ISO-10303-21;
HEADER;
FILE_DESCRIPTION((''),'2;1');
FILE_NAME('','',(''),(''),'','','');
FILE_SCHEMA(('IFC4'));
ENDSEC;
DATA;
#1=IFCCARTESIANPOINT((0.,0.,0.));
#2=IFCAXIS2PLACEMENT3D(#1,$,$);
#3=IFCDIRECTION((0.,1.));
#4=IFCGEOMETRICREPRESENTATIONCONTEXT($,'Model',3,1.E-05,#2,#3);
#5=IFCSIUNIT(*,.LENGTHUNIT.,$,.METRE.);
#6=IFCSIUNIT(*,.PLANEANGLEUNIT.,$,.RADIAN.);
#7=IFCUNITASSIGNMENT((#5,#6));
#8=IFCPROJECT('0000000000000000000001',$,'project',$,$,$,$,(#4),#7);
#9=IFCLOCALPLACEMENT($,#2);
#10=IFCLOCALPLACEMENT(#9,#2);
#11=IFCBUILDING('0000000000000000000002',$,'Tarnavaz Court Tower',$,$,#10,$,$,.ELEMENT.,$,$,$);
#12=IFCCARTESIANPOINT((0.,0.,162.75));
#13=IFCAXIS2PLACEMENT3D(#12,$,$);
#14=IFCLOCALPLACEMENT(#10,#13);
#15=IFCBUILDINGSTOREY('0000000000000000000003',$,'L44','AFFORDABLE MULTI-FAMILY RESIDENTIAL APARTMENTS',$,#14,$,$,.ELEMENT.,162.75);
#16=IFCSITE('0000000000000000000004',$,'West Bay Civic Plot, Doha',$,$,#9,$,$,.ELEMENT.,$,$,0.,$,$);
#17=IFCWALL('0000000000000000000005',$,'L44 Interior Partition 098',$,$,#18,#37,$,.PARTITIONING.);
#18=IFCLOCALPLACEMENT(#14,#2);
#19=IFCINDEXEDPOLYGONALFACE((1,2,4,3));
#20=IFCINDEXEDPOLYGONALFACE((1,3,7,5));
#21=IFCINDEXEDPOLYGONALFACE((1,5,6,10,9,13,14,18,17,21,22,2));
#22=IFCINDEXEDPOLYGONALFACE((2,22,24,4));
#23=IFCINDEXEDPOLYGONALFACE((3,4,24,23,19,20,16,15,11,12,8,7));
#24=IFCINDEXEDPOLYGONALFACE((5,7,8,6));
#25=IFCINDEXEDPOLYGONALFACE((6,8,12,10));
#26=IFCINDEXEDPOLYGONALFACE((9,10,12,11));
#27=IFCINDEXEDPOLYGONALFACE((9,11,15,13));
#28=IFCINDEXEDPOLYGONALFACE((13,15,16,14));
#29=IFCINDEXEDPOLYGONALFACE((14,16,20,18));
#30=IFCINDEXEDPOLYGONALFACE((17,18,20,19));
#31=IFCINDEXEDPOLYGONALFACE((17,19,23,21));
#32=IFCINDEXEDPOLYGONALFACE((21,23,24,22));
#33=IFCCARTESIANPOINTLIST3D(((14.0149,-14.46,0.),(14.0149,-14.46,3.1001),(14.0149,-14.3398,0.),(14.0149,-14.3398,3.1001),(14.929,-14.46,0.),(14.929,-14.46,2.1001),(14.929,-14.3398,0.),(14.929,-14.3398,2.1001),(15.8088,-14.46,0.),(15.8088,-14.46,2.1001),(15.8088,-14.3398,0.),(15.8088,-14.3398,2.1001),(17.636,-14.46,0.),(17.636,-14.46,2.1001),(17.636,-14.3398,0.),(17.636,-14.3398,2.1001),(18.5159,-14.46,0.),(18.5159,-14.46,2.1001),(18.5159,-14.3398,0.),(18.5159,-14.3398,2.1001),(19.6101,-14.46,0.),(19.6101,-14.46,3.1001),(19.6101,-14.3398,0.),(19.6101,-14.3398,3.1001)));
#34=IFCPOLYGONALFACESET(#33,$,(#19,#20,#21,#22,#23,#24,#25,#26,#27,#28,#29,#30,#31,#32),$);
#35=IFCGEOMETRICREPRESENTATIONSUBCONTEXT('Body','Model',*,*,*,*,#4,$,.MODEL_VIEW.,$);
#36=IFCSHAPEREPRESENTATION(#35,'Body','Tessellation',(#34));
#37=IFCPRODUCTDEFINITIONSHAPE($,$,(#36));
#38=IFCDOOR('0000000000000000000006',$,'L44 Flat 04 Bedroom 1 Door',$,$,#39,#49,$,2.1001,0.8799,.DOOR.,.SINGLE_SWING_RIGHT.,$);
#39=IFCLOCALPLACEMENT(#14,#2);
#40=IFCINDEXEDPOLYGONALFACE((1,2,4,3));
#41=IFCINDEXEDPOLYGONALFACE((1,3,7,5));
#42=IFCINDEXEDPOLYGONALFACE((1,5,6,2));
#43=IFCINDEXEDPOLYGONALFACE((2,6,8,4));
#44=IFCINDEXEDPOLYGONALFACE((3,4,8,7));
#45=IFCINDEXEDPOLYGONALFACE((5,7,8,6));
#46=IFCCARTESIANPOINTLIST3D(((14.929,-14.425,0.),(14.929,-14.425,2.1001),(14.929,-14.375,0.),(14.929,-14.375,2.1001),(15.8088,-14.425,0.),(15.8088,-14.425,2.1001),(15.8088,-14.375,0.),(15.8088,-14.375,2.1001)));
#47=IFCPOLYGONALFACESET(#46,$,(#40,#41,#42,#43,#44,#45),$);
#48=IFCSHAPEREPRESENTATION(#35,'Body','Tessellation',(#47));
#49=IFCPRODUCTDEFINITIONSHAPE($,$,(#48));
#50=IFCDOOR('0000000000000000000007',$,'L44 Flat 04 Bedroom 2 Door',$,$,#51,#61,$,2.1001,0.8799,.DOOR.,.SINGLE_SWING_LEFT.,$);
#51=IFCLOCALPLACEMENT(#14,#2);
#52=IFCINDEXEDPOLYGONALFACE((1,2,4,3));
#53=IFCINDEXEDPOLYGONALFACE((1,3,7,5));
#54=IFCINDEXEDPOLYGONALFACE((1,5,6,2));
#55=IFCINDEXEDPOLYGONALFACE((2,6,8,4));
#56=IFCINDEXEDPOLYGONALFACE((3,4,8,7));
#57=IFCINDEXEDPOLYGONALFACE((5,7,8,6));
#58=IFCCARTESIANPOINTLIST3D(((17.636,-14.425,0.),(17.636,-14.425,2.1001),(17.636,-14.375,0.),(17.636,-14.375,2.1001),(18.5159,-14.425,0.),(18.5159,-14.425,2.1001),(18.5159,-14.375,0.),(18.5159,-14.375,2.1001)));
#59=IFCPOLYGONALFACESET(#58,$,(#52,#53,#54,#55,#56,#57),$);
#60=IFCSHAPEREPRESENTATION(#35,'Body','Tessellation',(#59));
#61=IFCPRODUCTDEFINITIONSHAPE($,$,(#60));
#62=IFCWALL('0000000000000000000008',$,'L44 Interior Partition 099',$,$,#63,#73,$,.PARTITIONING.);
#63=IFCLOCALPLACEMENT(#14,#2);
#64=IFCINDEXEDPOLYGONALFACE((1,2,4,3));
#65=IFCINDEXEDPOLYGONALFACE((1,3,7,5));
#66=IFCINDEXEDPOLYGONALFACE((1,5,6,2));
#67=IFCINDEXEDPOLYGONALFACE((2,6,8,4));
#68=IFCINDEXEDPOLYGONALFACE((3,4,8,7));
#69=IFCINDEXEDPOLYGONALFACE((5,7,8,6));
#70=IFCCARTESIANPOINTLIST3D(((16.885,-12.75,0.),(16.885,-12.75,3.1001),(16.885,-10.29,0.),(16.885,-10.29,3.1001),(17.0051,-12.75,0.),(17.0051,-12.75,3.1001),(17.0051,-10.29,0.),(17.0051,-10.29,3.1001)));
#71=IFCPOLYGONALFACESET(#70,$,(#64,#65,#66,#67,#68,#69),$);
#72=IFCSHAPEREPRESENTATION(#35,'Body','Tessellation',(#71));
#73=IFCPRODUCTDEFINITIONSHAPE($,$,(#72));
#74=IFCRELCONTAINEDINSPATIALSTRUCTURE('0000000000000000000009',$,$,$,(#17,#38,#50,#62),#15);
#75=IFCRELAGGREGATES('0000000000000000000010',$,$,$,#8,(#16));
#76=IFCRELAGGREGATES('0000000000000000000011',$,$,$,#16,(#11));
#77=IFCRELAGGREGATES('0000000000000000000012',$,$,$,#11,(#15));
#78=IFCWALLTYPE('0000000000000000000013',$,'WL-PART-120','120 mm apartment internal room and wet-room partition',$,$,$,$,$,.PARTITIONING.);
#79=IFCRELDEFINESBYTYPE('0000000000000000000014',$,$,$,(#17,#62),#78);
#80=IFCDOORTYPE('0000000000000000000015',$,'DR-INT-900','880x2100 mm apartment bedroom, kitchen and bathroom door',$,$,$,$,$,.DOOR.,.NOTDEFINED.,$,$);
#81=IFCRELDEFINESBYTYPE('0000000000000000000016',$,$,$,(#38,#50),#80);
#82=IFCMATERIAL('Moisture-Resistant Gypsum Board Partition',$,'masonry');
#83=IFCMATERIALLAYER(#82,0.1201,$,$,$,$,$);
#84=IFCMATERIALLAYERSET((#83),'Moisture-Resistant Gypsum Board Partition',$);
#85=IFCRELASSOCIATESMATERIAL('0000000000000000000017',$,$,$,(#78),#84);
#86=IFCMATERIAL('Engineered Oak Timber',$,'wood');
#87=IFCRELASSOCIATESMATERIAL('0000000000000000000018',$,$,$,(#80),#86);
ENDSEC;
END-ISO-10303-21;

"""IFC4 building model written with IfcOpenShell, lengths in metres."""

from ifc_helpers import new_model, si_unit, direction, frame, frame_2d, origin, place, context, subcontext, project, spatial, rectangle, extrude, material, layer, layer_set, type_object, element, fill, save


model = new_model("IFC4")

# Units and contexts
model_context = context("Model", 3, precision=1e-05, world=origin(), true_north=direction((0.0, 1.0)))
body_context = subcontext(model_context, "Body", "Model", "MODEL_VIEW")
ifc_project = project(units=[si_unit("LENGTHUNIT", "METRE"), si_unit("PLANEANGLEUNIT", "RADIAN")], contexts=[model_context])

# Site, building, storey
site_placement = place(None, origin())
site = spatial("IfcSite", under=ifc_project, at=site_placement, Name="West Bay Civic Plot, Doha", CompositionType="ELEMENT", RefElevation=0.0)
building_placement = place(site_placement, origin())
building = spatial("IfcBuilding", under=site, at=building_placement, Name="Tarnavaz Court Tower", CompositionType="ELEMENT")
storey_placement = place(building_placement, frame((0.0, 0.0, 162.75)))
storey = spatial("IfcBuildingStorey", under=building, at=storey_placement, Name="L44", Description="AFFORDABLE MULTI-FAMILY RESIDENTIAL APARTMENTS", CompositionType="ELEMENT", Elevation=162.75)

# Shared definitions
ifc_material_1 = material(Name="Engineered Oak Timber", Category="wood")
ifc_material_2 = material(Name="Moisture-Resistant Gypsum Board Partition", Category="masonry")
ifc_layer_1 = layer(ifc_material_2, 0.1201)
ifc_layer_set_1 = layer_set([ifc_layer_1], Name="Moisture-Resistant Gypsum Board Partition")
wall_type_1 = type_object("IfcWallType", Name="WL-PART-120", Description="120 mm apartment internal room and wet-room partition", PredefinedType="PARTITIONING", material=ifc_layer_set_1)
door_type_1 = type_object("IfcDoorType", Name="DR-INT-900", Description="880x2100 mm apartment bedroom, kitchen and bathroom door", OperationType="NOTDEFINED", PredefinedType="DOOR", material=ifc_material_1)

# Wall, openings, doors
wall_1_placement = place(storey_placement, frame((14.0149, -14.3999, 0.0), z_axis=(0.0, 0.0, 1.0), x_axis=(1.0, 0.0, 0.0)))
wall_1 = element("IfcWall", 1, at=wall_1_placement, inside=storey, type_object=wall_type_1, Name="L44 Interior Partition 098", PredefinedType="PARTITIONING", context=body_context, shape_type="SweptSolid", body=[
    extrude(rectangle(XDim=5.5952, YDim=0.1201, at=frame_2d((2.7976, 0.0))), origin(), (0.0, 0.0, 1.0), 3.1001),
])
opening_1_placement = place(wall_1_placement, frame((0.9141, 0.0, 0.0)))
opening_1 = element("IfcOpeningElement", 2, at=opening_1_placement, cuts=wall_1, PredefinedType="OPENING", context=body_context, shape_type="SweptSolid", body=[
    extrude(rectangle(XDim=0.8799, YDim=2.1001, at=frame_2d((0.4399, 1.05))), frame((0.0, 0.0701, 0.0), z_axis=(0.0, -1.0, 0.0), x_axis=(1.0, 0.0, 0.0)), (0.0, 0.0, 1.0), 0.1401),
])
opening_2_placement = place(wall_1_placement, frame((3.6211, 0.0, 0.0)))
opening_2 = element("IfcOpeningElement", 3, at=opening_2_placement, cuts=wall_1, PredefinedType="OPENING", context=body_context, shape_type="SweptSolid", body=[
    extrude(rectangle(XDim=0.8799, YDim=2.1001, at=frame_2d((0.4399, 1.05))), frame((0.0, 0.0701, 0.0), z_axis=(0.0, -1.0, 0.0), x_axis=(1.0, 0.0, 0.0)), (0.0, 0.0, 1.0), 0.1401),
])
door_1_placement = place(opening_1_placement, origin())
door_1 = element("IfcDoor", 4, at=door_1_placement, inside=storey, type_object=door_type_1, Name="L44 Flat 04 Bedroom 1 Door", OperationType="SINGLE_SWING_RIGHT", OverallHeight=2.1001, OverallWidth=0.8799, PredefinedType="DOOR", context=body_context, shape_type="SweptSolid", body=[
    extrude(rectangle(XDim=0.8799, YDim=2.1001, at=frame_2d((0.4399, 1.05))), frame((0.0, 0.0249, 0.0), z_axis=(0.0, -1.0, 0.0), x_axis=(1.0, 0.0, 0.0)), (0.0, 0.0, 1.0), 0.05),
])
fill(opening_1, door_1)
door_2_placement = place(opening_2_placement, origin())
door_2 = element("IfcDoor", 5, at=door_2_placement, inside=storey, type_object=door_type_1, Name="L44 Flat 04 Bedroom 2 Door", OperationType="SINGLE_SWING_LEFT", OverallHeight=2.1001, OverallWidth=0.8799, PredefinedType="DOOR", context=body_context, shape_type="SweptSolid", body=[
    extrude(rectangle(XDim=0.8799, YDim=2.1001, at=frame_2d((0.4399, 1.05))), frame((0.0, 0.0249, 0.0), z_axis=(0.0, -1.0, 0.0), x_axis=(1.0, 0.0, 0.0)), (0.0, 0.0, 1.0), 0.05),
])
fill(opening_2, door_2)

# Wall
wall_2_placement = place(storey_placement, frame((16.9451, -12.75, 0.0), z_axis=(0.0, 0.0, 1.0), x_axis=(0.0, 1.0, 0.0)))
element("IfcWall", 6, at=wall_2_placement, inside=storey, type_object=wall_type_1, Name="L44 Interior Partition 099", PredefinedType="PARTITIONING", context=body_context, shape_type="SweptSolid", body=[
    extrude(rectangle(XDim=2.46, YDim=0.1201, at=frame_2d((1.23, 0.0))), origin(), (0.0, 0.0, 1.0), 3.1001),
])

save(model, "model.ifc")
